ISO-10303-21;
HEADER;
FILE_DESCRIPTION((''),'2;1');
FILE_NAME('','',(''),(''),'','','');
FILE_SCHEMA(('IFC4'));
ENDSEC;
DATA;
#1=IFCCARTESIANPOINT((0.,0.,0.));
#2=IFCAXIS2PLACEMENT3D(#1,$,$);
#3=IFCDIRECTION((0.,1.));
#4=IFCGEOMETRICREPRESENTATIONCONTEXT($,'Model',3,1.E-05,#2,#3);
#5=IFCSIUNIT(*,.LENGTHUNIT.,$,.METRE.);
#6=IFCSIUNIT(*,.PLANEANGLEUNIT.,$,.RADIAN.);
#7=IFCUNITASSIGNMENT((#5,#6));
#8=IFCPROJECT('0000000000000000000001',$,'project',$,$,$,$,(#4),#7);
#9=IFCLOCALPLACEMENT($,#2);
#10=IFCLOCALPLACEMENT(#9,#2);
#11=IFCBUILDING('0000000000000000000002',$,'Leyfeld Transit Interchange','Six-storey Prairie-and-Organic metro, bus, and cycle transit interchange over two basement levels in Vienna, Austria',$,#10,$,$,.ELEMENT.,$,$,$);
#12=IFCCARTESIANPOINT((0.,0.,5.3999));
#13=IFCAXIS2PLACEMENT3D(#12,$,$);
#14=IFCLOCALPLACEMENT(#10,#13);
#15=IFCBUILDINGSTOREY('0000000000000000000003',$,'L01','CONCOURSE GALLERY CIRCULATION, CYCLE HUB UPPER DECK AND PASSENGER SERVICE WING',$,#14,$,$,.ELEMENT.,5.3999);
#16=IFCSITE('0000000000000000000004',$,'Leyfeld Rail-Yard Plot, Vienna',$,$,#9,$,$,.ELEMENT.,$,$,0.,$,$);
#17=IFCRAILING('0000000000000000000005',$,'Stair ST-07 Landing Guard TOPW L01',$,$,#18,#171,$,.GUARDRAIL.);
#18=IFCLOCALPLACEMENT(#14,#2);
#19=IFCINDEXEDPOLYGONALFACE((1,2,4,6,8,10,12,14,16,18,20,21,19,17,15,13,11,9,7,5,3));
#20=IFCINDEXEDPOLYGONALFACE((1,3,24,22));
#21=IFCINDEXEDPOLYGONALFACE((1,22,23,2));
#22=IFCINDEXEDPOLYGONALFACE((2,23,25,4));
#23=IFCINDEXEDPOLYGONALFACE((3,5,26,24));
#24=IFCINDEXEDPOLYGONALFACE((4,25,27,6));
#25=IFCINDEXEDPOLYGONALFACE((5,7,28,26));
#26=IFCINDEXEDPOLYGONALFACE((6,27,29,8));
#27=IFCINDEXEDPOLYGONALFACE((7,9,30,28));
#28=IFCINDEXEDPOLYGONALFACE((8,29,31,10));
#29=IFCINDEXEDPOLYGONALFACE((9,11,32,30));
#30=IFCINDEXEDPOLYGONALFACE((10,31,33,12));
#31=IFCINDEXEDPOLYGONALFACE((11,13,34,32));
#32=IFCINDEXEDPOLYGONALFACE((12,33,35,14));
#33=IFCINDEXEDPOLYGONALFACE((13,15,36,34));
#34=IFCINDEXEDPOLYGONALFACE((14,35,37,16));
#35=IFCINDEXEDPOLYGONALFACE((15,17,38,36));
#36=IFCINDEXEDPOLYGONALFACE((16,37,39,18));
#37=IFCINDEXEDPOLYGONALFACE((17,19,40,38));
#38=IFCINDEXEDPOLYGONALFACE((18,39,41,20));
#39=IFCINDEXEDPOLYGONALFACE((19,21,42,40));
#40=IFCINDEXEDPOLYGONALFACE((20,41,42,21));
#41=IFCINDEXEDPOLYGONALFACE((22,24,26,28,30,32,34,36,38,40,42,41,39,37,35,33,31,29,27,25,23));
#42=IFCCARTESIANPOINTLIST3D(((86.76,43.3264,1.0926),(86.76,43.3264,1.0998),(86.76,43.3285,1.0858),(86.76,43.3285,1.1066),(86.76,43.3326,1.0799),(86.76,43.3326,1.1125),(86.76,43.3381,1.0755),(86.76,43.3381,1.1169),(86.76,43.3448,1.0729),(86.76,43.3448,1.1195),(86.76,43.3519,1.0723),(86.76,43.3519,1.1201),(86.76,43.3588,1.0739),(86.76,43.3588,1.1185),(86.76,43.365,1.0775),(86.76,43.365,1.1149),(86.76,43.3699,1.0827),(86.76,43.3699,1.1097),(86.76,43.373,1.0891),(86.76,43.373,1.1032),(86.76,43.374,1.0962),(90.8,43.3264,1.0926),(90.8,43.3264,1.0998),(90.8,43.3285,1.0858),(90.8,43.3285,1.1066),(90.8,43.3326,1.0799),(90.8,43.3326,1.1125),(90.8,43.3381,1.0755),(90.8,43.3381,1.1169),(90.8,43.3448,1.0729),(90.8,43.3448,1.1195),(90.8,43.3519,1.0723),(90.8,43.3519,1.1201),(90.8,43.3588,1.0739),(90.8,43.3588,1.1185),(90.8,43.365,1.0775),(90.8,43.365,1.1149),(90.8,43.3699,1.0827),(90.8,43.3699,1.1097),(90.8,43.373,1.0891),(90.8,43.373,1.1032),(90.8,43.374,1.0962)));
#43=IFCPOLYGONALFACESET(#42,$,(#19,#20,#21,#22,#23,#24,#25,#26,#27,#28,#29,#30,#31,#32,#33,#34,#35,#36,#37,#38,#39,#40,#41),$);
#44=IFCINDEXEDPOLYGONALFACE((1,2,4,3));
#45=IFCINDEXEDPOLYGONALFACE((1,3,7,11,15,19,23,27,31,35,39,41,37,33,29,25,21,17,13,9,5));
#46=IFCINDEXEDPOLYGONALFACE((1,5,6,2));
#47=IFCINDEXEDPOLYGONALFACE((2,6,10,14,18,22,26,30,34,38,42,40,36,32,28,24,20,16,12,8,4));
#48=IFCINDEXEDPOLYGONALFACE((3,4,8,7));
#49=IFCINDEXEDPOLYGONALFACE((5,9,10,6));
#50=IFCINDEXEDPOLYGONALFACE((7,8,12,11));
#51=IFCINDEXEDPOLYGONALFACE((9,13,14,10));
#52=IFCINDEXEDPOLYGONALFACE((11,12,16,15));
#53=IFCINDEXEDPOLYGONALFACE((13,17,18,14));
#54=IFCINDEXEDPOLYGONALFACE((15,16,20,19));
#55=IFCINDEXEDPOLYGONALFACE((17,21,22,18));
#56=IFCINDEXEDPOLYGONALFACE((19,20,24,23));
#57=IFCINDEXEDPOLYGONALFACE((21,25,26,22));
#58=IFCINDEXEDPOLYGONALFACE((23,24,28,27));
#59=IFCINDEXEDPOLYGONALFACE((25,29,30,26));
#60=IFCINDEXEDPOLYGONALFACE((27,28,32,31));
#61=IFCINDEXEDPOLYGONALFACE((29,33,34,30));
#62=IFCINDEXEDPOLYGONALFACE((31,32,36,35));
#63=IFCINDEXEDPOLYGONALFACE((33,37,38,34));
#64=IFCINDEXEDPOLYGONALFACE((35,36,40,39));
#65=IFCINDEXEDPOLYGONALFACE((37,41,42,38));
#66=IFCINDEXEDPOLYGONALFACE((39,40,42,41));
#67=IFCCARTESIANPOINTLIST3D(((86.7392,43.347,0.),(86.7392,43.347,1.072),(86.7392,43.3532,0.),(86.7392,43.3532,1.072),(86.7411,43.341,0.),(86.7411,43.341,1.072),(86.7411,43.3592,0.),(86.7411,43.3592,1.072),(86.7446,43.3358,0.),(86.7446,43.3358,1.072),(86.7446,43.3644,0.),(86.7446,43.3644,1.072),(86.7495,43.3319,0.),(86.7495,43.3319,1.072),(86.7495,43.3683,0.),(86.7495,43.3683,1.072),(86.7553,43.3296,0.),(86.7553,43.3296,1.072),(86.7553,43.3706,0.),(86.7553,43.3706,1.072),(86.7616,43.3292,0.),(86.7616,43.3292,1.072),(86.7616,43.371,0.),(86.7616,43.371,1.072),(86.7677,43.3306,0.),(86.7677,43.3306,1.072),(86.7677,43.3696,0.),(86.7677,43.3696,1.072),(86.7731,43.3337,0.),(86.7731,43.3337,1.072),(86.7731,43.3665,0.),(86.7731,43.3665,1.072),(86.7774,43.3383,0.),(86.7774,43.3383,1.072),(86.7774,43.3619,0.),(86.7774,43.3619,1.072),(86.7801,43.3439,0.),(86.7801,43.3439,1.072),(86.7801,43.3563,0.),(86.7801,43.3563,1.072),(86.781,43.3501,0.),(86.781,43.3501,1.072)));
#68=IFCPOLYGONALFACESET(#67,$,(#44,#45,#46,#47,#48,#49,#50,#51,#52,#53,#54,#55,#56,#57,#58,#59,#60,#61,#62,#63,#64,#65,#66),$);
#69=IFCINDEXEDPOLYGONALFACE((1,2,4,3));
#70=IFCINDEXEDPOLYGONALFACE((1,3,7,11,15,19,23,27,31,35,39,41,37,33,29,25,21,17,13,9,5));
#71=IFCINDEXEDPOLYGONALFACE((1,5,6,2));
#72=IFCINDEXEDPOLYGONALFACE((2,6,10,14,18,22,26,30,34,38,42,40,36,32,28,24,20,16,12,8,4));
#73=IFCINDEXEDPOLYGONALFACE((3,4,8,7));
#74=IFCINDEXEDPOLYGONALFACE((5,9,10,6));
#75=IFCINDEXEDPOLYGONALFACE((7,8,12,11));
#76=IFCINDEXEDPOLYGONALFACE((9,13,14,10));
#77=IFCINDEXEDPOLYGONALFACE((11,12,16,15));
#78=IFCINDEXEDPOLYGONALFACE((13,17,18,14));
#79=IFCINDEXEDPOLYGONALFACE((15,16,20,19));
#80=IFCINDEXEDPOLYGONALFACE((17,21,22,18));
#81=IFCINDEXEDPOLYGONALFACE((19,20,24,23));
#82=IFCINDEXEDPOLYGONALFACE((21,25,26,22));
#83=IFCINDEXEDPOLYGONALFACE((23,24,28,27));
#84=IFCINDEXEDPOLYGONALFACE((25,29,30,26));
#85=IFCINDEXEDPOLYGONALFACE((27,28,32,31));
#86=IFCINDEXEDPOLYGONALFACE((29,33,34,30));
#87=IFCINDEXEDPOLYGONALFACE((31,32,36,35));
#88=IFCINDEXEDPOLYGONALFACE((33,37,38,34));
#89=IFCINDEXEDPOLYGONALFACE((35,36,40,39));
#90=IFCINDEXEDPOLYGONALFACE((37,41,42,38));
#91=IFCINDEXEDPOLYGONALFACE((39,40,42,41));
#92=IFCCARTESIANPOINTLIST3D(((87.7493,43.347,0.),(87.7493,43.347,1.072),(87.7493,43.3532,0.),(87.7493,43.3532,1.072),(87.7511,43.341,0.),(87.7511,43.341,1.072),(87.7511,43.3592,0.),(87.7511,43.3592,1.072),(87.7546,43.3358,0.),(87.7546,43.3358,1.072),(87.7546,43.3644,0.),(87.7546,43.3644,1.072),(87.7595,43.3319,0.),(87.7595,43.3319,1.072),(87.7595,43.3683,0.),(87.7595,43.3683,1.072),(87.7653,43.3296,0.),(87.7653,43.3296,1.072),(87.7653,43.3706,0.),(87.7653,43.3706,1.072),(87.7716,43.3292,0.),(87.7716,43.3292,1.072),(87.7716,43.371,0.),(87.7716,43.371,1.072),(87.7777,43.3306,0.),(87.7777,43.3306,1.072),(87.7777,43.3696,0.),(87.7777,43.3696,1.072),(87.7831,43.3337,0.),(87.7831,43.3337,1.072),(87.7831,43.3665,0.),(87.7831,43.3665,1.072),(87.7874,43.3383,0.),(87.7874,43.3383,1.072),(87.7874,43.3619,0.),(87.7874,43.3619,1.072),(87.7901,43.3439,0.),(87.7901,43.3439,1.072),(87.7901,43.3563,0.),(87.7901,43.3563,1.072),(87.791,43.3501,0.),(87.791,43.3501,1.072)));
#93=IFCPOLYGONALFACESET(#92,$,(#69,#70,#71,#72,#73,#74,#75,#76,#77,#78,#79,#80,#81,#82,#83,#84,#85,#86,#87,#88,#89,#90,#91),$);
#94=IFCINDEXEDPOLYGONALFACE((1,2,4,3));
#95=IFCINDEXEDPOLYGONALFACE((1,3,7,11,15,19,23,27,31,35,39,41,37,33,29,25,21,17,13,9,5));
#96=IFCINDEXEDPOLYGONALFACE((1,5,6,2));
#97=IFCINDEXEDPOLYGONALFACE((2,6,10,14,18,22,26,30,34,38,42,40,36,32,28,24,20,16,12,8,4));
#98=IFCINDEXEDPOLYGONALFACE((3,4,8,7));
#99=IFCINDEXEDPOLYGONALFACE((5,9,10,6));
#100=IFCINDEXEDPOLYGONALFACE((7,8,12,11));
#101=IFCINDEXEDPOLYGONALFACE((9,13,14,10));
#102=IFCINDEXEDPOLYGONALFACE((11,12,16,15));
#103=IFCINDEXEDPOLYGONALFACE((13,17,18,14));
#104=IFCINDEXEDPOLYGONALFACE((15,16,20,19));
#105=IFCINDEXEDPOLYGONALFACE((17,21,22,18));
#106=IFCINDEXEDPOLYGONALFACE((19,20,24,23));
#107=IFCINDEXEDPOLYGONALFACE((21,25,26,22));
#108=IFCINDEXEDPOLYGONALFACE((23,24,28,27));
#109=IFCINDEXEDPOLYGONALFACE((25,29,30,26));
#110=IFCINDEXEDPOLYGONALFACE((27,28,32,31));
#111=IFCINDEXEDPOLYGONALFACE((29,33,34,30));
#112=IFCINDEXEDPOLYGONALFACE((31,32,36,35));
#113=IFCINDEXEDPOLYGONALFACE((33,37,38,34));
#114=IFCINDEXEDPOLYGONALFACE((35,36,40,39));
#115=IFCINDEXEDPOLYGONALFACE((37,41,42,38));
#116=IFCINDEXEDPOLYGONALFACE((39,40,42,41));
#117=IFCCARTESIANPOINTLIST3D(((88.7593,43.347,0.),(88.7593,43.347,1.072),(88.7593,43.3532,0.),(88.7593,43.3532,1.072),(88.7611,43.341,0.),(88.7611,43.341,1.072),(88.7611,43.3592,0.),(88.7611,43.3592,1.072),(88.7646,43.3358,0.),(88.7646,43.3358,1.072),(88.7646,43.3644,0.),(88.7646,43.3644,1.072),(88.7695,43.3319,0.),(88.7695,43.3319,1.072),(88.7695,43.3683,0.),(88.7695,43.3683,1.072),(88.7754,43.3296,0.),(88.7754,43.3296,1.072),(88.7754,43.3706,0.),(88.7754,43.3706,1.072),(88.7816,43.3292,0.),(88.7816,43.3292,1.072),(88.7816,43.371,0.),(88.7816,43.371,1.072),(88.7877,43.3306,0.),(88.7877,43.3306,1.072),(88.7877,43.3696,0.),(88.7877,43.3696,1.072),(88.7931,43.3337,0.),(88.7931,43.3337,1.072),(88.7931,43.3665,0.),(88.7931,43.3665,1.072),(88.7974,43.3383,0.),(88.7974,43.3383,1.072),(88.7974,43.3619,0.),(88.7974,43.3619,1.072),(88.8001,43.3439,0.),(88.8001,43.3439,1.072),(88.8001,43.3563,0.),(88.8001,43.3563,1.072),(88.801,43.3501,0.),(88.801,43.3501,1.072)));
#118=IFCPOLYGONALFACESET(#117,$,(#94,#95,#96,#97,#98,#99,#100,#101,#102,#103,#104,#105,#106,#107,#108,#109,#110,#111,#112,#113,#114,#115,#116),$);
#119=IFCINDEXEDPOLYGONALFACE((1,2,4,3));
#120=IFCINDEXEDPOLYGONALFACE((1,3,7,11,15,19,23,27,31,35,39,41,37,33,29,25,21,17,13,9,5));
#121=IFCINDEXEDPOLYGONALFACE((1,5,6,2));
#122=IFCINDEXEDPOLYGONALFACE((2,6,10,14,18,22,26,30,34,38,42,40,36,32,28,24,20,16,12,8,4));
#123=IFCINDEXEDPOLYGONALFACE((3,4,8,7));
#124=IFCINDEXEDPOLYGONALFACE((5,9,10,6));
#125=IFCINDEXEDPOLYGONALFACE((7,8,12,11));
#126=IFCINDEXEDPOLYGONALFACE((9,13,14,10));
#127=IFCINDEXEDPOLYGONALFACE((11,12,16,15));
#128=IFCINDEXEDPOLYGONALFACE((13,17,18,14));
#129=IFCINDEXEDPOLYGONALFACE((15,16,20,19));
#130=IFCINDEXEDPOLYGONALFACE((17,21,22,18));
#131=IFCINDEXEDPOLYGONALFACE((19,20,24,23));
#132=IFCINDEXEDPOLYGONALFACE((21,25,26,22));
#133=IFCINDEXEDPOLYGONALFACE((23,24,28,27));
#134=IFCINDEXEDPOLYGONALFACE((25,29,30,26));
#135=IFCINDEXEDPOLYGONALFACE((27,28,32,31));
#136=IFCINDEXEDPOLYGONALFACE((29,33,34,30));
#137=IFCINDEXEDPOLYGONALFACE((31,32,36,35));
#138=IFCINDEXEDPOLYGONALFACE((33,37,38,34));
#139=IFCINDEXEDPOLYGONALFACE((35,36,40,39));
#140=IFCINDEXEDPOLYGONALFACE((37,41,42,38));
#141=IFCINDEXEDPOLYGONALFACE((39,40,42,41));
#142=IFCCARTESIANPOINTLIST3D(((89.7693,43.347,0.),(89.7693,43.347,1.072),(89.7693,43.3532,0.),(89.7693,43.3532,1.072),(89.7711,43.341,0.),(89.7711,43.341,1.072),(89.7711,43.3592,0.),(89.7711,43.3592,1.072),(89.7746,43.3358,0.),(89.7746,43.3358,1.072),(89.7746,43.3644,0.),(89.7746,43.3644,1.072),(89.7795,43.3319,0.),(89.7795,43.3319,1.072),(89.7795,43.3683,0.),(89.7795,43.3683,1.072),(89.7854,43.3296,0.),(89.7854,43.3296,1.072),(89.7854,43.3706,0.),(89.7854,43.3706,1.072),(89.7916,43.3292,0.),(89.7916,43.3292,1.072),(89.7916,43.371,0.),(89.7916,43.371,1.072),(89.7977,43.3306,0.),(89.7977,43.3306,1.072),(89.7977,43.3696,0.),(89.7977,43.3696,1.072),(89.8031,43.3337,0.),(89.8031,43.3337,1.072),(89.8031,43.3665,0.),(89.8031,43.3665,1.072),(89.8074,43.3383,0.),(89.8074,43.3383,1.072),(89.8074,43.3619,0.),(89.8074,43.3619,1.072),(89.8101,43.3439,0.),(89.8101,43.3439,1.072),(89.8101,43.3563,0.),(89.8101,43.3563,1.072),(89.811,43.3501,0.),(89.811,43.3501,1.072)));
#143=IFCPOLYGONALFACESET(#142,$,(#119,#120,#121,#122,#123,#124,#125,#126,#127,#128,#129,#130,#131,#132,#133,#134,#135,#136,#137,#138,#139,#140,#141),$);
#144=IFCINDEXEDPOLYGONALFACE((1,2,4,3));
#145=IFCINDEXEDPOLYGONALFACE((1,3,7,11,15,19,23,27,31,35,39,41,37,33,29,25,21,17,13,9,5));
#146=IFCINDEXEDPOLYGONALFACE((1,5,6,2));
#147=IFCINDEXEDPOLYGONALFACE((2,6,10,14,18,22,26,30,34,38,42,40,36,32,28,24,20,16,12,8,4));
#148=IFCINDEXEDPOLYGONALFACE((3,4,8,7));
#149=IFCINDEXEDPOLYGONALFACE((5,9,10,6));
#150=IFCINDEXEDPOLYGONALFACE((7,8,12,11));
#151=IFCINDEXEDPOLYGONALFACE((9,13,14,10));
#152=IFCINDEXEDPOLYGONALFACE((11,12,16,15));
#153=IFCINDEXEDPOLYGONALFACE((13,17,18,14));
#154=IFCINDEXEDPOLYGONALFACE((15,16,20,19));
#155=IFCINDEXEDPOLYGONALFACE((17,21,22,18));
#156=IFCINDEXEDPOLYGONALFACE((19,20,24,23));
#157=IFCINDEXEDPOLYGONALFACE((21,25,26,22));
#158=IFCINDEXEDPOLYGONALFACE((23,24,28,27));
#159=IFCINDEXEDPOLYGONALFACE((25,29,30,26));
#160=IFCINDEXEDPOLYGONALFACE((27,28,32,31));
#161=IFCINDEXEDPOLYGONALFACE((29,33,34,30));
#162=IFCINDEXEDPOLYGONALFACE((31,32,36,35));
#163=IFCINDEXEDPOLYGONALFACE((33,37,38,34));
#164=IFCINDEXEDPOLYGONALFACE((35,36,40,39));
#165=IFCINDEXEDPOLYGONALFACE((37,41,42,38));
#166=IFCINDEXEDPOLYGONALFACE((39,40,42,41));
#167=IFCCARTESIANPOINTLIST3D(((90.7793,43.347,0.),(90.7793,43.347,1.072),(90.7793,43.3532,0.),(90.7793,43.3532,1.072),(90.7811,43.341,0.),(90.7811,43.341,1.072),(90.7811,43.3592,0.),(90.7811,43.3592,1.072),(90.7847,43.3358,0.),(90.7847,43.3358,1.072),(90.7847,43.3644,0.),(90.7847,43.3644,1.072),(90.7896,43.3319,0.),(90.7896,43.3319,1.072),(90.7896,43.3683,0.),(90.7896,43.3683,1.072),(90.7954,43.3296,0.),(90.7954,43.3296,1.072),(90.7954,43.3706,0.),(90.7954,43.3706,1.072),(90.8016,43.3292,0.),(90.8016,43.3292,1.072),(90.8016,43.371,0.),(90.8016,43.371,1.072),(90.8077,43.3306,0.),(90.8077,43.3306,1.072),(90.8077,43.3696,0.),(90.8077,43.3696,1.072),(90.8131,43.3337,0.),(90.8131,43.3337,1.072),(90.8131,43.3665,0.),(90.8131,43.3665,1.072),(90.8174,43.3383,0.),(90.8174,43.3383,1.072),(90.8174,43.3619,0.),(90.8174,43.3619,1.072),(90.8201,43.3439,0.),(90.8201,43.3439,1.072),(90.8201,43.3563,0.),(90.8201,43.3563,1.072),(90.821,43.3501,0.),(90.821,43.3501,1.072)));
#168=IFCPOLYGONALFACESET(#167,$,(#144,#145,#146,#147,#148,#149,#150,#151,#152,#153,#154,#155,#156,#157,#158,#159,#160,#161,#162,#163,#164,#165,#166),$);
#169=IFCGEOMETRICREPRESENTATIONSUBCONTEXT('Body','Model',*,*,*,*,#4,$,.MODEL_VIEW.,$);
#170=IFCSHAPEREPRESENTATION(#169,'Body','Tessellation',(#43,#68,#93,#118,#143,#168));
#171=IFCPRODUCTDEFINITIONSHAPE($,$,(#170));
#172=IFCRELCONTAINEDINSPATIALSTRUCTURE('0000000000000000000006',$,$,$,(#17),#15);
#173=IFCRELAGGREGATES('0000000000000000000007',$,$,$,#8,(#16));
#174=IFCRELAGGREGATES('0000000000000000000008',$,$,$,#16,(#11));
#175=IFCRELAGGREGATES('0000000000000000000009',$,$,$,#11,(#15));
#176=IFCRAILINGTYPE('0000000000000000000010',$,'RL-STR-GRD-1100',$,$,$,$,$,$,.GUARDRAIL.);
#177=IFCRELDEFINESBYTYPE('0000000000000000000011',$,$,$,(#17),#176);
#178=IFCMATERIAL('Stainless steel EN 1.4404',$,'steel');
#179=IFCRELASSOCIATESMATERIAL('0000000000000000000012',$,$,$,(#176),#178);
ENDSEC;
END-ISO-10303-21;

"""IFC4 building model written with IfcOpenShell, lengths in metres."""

from ifc_helpers import new_model, si_unit, direction, frame, origin, origin_2d, place, context, subcontext, project, spatial, circle, extrude, material, type_object, element, save


model = new_model("IFC4")

# Units and contexts
model_context = context("Model", 3, precision=1e-05, world=origin(), true_north=direction((0.0, 1.0)))
body_context = subcontext(model_context, "Body", "Model", "MODEL_VIEW")
ifc_project = project(units=[si_unit("LENGTHUNIT", "METRE"), si_unit("PLANEANGLEUNIT", "RADIAN")], contexts=[model_context])

# Site, building, storey
site_placement = place(None, origin())
site = spatial("IfcSite", under=ifc_project, at=site_placement, Name="Leyfeld Rail-Yard Plot, Vienna", CompositionType="ELEMENT", RefElevation=0.0)
building_placement = place(site_placement, origin())
building = spatial("IfcBuilding", under=site, at=building_placement, Name="Leyfeld Transit Interchange", Description="Six-storey Prairie-and-Organic metro, bus, and cycle transit interchange over two basement levels in Vienna, Austria", CompositionType="ELEMENT")
storey_placement = place(building_placement, frame((0.0, 0.0, 5.3999)))
storey = spatial("IfcBuildingStorey", under=building, at=storey_placement, Name="L01", Description="CONCOURSE GALLERY CIRCULATION, CYCLE HUB UPPER DECK AND PASSENGER SERVICE WING", CompositionType="ELEMENT", Elevation=5.3999)

# Railing
ifc_material_1 = material(Name="Stainless steel EN 1.4404", Category="steel")
railing_type = type_object("IfcRailingType", Name="RL-STR-GRD-1100", PredefinedType="GUARDRAIL", material=ifc_material_1)
railing_1_placement = place(storey_placement, frame((86.76, 43.3501, 0.0)))
element("IfcRailing", 1, at=railing_1_placement, inside=storey, type_object=railing_type, Name="Stair ST-07 Landing Guard TOPW L01", PredefinedType="GUARDRAIL", context=body_context, shape_type="SweptSolid", body=[
    extrude(circle(Radius=0.0239, at=origin_2d()), frame((0.0, 0.0, 1.0962), z_axis=(1.0, 0.0, 0.0), x_axis=(0.0, 1.0, 0.0)), (0.0, 0.0, 1.0), 4.04),
    extrude(circle(Radius=0.021, at=origin_2d()), origin(), (0.0, 0.0, 1.0), 1.072),
    extrude(circle(Radius=0.021, at=origin_2d()), frame((1.01, 0.0, 0.0)), (0.0, 0.0, 1.0), 1.072),
    extrude(circle(Radius=0.021, at=origin_2d()), frame((2.02, 0.0, 0.0)), (0.0, 0.0, 1.0), 1.072),
    extrude(circle(Radius=0.021, at=origin_2d()), frame((3.03, 0.0, 0.0)), (0.0, 0.0, 1.0), 1.072),
    extrude(circle(Radius=0.021, at=origin_2d()), frame((4.04, 0.0, 0.0)), (0.0, 0.0, 1.0), 1.072),
])

save(model, "model.ifc")
